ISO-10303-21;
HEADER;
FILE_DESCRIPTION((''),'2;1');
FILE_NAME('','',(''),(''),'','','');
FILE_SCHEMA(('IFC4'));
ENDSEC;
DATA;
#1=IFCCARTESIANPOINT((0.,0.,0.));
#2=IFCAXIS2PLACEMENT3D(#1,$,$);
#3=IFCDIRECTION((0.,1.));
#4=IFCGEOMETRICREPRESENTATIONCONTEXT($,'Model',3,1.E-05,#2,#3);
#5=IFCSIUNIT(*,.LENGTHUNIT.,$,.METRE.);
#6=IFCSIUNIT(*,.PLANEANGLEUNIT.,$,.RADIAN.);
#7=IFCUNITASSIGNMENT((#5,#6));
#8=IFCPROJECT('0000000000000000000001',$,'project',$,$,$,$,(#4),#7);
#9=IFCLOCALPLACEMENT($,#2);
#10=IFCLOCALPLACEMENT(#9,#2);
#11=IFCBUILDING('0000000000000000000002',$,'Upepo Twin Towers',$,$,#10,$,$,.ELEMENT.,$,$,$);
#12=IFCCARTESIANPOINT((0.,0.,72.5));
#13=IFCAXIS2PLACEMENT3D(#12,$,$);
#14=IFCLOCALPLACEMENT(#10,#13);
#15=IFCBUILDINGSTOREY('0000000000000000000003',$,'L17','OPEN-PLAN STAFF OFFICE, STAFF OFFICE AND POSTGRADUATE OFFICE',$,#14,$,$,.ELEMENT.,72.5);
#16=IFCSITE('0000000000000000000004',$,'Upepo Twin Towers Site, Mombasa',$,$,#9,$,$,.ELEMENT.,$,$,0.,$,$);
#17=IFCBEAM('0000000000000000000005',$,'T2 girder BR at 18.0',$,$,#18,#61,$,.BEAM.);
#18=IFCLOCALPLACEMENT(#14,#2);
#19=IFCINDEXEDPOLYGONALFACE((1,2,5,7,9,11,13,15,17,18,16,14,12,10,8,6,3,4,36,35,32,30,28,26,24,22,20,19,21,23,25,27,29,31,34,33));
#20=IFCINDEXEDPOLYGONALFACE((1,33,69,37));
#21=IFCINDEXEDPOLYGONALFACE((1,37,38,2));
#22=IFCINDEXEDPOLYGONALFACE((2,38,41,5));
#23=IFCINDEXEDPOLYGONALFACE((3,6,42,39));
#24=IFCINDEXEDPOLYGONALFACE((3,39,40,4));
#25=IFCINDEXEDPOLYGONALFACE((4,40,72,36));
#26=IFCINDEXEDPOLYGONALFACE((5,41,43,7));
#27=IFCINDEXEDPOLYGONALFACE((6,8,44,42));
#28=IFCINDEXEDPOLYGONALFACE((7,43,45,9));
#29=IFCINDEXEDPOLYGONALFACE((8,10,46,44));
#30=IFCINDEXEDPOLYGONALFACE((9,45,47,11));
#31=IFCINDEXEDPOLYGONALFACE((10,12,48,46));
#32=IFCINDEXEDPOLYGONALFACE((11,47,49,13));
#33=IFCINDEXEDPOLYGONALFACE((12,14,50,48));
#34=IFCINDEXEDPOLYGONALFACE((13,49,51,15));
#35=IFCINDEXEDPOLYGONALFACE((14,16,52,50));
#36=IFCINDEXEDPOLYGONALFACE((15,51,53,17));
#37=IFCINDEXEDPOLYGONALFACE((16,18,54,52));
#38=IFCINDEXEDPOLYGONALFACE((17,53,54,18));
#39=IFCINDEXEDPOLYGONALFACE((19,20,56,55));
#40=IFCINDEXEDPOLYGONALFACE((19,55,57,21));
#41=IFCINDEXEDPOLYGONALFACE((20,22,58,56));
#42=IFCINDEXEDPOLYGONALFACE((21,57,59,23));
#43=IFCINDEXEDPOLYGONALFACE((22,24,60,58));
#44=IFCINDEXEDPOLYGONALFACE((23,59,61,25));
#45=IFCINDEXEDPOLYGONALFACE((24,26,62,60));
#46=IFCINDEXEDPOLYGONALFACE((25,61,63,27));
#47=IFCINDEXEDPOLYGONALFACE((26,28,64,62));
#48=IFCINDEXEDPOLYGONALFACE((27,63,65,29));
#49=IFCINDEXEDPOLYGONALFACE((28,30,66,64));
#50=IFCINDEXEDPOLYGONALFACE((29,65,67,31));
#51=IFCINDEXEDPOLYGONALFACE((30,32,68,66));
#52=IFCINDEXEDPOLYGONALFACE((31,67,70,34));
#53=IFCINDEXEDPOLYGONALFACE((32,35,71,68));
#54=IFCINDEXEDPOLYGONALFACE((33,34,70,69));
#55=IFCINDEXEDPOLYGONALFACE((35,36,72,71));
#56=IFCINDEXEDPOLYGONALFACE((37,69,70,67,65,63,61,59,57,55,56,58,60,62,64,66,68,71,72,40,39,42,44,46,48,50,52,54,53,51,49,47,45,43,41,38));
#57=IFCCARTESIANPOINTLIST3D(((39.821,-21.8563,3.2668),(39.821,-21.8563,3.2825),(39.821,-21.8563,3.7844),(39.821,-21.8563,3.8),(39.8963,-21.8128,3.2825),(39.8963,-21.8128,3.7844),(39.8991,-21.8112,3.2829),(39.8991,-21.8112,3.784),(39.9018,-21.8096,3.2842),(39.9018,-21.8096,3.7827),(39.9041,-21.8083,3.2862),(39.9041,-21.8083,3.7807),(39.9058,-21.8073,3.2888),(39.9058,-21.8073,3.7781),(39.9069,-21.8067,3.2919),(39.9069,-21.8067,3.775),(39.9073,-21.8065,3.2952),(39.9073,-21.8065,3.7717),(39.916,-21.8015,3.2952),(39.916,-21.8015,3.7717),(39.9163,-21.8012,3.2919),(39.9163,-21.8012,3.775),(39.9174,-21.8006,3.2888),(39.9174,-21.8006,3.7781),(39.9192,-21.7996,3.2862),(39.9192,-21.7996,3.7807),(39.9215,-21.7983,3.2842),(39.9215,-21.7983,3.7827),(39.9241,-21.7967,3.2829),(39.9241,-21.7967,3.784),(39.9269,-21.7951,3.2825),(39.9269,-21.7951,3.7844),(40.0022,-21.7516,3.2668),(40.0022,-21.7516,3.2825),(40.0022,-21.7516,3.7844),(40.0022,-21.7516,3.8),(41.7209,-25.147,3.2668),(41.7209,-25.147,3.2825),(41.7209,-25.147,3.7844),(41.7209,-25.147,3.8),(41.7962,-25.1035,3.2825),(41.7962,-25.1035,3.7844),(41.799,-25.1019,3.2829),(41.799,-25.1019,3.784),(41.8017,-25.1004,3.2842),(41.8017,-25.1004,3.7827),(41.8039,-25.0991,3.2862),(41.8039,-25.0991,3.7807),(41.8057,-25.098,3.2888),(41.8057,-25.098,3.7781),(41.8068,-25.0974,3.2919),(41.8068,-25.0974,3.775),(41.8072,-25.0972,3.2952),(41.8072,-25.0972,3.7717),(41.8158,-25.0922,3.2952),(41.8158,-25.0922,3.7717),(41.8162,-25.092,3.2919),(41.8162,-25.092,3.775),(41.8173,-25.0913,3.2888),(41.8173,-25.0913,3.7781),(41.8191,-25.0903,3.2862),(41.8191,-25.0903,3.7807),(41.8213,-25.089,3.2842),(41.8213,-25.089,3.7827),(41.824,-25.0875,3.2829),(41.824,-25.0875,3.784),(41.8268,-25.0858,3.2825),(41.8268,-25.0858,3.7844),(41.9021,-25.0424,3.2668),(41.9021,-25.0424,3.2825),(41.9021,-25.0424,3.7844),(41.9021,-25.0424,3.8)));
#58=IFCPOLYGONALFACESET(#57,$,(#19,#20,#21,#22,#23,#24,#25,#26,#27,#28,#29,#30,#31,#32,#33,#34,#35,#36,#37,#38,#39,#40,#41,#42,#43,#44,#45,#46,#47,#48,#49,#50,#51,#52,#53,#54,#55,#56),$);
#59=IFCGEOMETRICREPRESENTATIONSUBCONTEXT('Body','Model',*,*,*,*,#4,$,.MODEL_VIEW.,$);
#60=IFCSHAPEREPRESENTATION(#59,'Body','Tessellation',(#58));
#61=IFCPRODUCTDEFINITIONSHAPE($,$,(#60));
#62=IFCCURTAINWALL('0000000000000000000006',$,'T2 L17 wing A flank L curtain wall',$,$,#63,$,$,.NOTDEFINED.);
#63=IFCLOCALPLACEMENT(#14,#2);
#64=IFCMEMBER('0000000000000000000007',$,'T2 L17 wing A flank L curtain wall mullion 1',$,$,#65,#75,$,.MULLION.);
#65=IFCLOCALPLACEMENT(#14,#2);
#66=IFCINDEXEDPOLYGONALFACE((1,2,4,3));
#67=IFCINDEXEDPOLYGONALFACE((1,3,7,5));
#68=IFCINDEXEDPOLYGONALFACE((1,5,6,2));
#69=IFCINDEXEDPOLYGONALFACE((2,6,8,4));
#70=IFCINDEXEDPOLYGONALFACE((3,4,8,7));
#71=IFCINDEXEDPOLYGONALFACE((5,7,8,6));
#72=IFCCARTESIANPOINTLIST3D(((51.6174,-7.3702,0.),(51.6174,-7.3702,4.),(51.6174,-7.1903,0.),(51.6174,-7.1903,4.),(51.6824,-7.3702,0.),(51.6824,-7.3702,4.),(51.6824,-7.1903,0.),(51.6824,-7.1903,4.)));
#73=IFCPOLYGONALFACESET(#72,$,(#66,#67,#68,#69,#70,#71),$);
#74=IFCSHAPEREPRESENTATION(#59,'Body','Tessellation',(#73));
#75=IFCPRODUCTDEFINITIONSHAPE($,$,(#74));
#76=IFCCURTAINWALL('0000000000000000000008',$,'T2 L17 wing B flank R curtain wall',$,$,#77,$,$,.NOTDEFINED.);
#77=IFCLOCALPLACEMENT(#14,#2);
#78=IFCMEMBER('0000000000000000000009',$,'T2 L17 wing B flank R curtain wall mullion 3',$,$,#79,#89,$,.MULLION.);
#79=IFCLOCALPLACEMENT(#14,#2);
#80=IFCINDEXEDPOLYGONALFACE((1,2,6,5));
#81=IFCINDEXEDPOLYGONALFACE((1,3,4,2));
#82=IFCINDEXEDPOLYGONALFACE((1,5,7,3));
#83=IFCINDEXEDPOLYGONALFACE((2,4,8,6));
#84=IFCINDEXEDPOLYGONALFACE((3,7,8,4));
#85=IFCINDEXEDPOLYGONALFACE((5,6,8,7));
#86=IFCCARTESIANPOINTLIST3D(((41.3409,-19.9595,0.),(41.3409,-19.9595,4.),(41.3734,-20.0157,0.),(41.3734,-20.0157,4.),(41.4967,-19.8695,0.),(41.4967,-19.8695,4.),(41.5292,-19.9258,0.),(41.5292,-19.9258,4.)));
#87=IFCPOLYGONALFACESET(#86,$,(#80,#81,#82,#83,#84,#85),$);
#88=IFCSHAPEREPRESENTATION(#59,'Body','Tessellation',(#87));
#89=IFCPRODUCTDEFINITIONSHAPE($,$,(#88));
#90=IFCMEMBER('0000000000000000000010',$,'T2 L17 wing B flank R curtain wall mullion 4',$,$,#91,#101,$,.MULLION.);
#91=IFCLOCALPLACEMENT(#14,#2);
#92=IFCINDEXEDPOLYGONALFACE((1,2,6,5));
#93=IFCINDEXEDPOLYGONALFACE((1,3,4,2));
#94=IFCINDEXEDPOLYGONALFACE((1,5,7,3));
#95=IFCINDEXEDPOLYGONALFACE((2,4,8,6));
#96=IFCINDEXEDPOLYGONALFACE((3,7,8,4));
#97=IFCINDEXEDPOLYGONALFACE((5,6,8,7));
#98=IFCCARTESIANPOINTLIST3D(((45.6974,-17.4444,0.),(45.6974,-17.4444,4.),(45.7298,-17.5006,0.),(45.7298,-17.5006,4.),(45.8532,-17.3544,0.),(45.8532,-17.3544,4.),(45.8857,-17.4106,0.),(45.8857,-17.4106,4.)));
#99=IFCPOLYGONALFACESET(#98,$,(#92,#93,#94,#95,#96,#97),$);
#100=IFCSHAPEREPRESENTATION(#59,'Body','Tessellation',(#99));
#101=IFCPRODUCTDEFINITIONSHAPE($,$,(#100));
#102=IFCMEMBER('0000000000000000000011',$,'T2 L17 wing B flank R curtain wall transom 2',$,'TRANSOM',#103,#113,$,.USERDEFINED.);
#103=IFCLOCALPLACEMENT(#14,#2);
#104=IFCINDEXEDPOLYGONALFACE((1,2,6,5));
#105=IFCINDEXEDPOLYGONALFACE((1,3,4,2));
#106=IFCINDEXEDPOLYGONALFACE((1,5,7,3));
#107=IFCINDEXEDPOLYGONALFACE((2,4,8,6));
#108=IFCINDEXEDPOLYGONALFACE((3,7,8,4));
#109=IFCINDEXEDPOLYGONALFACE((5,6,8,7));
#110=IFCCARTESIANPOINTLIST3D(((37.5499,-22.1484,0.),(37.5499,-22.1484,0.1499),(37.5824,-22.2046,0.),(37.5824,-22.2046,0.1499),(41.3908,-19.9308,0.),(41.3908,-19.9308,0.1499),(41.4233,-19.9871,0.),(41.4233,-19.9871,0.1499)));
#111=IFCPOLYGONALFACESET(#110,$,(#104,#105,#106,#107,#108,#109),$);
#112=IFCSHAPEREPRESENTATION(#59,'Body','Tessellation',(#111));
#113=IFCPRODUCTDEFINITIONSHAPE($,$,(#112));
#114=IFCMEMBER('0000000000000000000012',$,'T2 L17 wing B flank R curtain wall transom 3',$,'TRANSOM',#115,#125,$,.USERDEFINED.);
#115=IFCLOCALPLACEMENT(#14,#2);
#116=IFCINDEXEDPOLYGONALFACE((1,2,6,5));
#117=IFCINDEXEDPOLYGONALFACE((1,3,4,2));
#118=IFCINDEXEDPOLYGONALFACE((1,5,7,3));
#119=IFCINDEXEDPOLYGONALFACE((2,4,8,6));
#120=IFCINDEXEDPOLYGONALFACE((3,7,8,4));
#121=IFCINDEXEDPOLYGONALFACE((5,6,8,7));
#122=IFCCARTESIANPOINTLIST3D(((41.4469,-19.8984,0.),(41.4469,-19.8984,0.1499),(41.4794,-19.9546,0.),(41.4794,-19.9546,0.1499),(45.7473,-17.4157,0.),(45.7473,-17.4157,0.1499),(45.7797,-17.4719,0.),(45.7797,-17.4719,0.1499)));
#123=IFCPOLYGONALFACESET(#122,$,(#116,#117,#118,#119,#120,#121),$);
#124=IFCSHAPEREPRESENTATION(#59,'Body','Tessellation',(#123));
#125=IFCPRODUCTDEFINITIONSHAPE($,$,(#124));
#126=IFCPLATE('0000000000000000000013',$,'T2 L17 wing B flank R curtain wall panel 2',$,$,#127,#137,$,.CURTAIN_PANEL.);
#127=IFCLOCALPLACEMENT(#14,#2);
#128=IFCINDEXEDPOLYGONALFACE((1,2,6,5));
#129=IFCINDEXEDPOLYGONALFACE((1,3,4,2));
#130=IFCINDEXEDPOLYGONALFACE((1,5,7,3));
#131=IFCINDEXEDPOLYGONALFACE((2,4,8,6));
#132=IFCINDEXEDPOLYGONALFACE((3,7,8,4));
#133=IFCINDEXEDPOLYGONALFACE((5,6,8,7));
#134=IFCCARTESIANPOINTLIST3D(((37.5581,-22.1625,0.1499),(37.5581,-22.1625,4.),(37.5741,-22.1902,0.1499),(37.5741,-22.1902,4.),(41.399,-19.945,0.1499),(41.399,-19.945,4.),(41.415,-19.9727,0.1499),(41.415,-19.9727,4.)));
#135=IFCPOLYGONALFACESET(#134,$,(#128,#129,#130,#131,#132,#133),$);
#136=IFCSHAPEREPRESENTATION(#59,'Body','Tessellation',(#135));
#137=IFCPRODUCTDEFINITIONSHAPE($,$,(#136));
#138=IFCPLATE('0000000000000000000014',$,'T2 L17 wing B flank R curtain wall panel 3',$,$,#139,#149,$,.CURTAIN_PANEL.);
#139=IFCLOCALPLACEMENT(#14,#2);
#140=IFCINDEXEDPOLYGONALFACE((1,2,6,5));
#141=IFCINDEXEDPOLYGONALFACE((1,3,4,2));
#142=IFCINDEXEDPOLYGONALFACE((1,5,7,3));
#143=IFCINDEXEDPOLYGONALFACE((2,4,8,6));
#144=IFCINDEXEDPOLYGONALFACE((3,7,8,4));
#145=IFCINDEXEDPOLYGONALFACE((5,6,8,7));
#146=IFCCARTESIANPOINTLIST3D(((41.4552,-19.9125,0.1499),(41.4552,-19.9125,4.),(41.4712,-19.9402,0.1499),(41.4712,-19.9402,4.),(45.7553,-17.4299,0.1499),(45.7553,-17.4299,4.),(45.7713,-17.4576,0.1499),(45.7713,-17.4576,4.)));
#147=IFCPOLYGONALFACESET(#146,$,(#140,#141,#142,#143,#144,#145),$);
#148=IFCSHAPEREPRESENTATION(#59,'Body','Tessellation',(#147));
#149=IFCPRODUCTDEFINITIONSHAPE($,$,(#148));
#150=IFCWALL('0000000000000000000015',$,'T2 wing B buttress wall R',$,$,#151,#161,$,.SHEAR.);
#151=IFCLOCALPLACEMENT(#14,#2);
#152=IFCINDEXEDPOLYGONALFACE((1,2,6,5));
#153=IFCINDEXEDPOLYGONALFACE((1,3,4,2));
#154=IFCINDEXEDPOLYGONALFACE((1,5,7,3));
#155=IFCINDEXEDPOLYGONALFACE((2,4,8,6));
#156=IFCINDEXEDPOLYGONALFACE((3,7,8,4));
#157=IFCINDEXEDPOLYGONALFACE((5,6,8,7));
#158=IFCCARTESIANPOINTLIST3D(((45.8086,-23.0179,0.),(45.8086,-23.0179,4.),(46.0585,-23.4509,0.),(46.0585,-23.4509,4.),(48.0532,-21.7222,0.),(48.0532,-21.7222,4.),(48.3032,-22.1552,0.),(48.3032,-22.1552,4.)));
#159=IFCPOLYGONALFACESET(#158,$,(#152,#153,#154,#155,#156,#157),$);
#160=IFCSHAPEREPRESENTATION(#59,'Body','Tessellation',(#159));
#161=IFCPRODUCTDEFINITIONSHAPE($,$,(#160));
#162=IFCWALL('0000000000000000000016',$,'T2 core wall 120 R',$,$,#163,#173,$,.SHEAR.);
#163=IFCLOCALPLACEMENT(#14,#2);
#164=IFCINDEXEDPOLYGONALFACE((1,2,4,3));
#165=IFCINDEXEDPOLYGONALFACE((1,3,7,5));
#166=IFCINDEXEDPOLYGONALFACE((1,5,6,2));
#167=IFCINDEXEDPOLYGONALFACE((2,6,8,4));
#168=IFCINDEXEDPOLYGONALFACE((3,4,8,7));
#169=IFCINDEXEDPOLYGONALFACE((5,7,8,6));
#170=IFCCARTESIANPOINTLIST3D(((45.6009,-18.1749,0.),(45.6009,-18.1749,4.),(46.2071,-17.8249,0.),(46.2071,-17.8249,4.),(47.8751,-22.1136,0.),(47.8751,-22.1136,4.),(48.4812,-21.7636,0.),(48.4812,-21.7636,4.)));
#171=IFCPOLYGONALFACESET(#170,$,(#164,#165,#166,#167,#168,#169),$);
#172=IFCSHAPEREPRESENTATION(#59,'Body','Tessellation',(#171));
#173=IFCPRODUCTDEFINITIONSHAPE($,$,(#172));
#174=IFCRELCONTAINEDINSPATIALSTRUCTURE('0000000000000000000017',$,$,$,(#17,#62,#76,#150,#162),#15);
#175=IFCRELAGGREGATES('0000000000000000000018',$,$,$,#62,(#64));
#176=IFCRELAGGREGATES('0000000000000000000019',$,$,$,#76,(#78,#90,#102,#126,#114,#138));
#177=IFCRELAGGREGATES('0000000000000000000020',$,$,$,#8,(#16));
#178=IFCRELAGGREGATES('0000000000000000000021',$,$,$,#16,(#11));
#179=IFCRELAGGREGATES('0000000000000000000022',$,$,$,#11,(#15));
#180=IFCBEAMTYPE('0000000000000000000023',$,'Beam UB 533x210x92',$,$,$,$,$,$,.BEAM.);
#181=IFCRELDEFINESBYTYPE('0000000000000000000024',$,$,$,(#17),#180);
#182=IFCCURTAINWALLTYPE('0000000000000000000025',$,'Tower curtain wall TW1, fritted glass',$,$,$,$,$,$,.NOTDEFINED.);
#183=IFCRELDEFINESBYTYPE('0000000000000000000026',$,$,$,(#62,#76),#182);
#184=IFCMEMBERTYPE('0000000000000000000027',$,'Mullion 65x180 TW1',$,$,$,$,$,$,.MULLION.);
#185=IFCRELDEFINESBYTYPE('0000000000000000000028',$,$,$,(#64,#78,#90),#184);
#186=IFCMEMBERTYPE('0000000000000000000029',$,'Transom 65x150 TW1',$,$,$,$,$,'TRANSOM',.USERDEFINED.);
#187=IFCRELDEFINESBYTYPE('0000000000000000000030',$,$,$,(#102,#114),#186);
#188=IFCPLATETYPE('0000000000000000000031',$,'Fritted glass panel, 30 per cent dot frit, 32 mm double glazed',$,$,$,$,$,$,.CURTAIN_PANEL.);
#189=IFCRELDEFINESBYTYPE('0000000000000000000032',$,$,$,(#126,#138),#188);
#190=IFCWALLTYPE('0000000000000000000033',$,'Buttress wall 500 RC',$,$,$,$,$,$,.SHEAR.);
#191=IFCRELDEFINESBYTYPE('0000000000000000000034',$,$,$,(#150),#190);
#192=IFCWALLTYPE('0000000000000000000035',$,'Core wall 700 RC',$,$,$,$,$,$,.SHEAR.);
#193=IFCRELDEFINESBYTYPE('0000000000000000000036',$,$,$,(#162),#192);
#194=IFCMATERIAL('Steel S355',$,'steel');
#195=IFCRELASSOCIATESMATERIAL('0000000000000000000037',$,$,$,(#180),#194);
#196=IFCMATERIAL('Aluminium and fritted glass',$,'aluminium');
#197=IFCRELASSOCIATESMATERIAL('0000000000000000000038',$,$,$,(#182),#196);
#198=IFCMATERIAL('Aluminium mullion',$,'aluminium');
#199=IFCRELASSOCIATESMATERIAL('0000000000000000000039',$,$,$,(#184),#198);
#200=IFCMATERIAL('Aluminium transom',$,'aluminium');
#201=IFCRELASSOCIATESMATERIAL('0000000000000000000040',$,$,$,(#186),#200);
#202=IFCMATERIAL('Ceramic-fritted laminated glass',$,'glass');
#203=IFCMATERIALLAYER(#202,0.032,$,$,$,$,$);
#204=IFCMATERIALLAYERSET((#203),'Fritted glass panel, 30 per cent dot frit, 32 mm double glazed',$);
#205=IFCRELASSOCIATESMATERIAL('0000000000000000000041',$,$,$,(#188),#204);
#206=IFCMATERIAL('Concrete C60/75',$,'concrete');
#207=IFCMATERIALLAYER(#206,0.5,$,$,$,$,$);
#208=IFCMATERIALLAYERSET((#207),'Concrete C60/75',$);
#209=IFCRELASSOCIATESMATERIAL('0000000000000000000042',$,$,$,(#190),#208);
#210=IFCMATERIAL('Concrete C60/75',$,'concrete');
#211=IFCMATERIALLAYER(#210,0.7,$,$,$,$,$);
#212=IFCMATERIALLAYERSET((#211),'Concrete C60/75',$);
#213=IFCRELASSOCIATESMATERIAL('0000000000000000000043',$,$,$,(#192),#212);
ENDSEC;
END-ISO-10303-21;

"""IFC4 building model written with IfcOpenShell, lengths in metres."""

from ifc_helpers import new_model, si_unit, direction, frame, frame_2d, origin, origin_2d, place, context, subcontext, project, spatial, rectangle, i_section, extrude, material, layer, layer_set, material_profile, profile_set, type_object, element, aggregate, save


model = new_model("IFC4")

# Units and contexts
model_context = context("Model", 3, precision=1e-05, world=origin(), true_north=direction((0.0, 1.0)))
body_context = subcontext(model_context, "Body", "Model", "MODEL_VIEW")
ifc_project = project(units=[si_unit("LENGTHUNIT", "METRE"), si_unit("PLANEANGLEUNIT", "RADIAN")], contexts=[model_context])

# Site, building, storey
site_placement = place(None, origin())
site = spatial("IfcSite", under=ifc_project, at=site_placement, Name="Upepo Twin Towers Site, Mombasa", CompositionType="ELEMENT", RefElevation=0.0)
building_placement = place(site_placement, origin())
building = spatial("IfcBuilding", under=site, at=building_placement, Name="Upepo Twin Towers", CompositionType="ELEMENT")
storey_placement = place(building_placement, frame((0.0, 0.0, 72.5)))
storey = spatial("IfcBuildingStorey", under=building, at=storey_placement, Name="L17", Description="OPEN-PLAN STAFF OFFICE, STAFF OFFICE AND POSTGRADUATE OFFICE", CompositionType="ELEMENT", Elevation=72.5)

# Beam
ifc_material_1 = material(Name="Steel S355", Category="steel")
ifc_material_profile_1 = material_profile(ifc_material_1, i_section(OverallWidth=0.2092, OverallDepth=0.5332, WebThickness=0.01, FlangeThickness=0.0156, FilletRadius=0.0127, at=origin_2d()), Name="UB 533x210x92")
ifc_profile_set_1 = profile_set([ifc_material_profile_1], Name="Steel S355")
beam_type_1 = type_object("IfcBeamType", Name="Beam UB 533x210x92", PredefinedType="BEAM", material=ifc_profile_set_1)
beam_1_placement = place(storey_placement, frame((39.9116, -21.804, 3.5334), z_axis=(0.499995, -0.866028, 0.0), x_axis=(0.866028, 0.499995, 0.0)))
element("IfcBeam", 1, at=beam_1_placement, inside=storey, type_object=beam_type_1, Name="T2 girder BR at 18.0", PredefinedType="BEAM", context=body_context, shape_type="SweptSolid", body=[
    extrude(i_section(OverallWidth=0.2092, OverallDepth=0.5332, WebThickness=0.01, FlangeThickness=0.0156, FilletRadius=0.0127, at=origin_2d()), origin(), (0.0, 0.0, 1.0), 3.7998),
])

# Curtain wall, member
ifc_material_2 = material(Name="Aluminium and fritted glass", Category="aluminium")
curtain_wall_type = type_object("IfcCurtainWallType", Name="Tower curtain wall TW1, fritted glass", PredefinedType="NOTDEFINED", material=ifc_material_2)
curtain_wall_1_placement = place(storey_placement, origin())
curtain_wall_1 = element("IfcCurtainWall", 2, at=curtain_wall_1_placement, inside=storey, type_object=curtain_wall_type, Name="T2 L17 wing A flank L curtain wall", PredefinedType="NOTDEFINED")
ifc_material_3 = material(Name="Aluminium mullion", Category="aluminium")
ifc_material_profile_2 = material_profile(ifc_material_3, rectangle(XDim=0.0649, YDim=0.1799, at=origin_2d()), Name="MULLION 65x180")
ifc_profile_set_2 = profile_set([ifc_material_profile_2], Name="Aluminium mullion")
member_type_1 = type_object("IfcMemberType", Name="Mullion 65x180 TW1", PredefinedType="MULLION", material=ifc_profile_set_2)
member_1_placement = place(storey_placement, frame((51.6499, -7.2803, 0.0), z_axis=(0.0, 0.0, 1.0), x_axis=(-1.0, 0.0, 0.0)))
member_1 = element("IfcMember", 3, at=member_1_placement, type_object=member_type_1, Name="T2 L17 wing A flank L curtain wall mullion 1", PredefinedType="MULLION", context=body_context, shape_type="SweptSolid", body=[
    extrude(rectangle(XDim=0.0649, YDim=0.1799, at=origin_2d()), origin(), (0.0, 0.0, 1.0), 4.0),
])
aggregate(curtain_wall_1, [member_1])

# Curtain wall, members, plates
curtain_wall_2_placement = place(storey_placement, origin())
curtain_wall_2 = element("IfcCurtainWall", 4, at=curtain_wall_2_placement, inside=storey, type_object=curtain_wall_type, Name="T2 L17 wing B flank R curtain wall", PredefinedType="NOTDEFINED")
member_2_placement = place(storey_placement, frame((41.4351, -19.9426, 0.0), z_axis=(0.0, 0.0, 1.0), x_axis=(-0.5, 0.866025, 0.0)))
member_2 = element("IfcMember", 5, at=member_2_placement, type_object=member_type_1, Name="T2 L17 wing B flank R curtain wall mullion 3", PredefinedType="MULLION", context=body_context, shape_type="SweptSolid", body=[
    extrude(rectangle(XDim=0.0649, YDim=0.1799, at=origin_2d()), origin(), (0.0, 0.0, 1.0), 4.0),
])
member_3_placement = place(storey_placement, frame((45.7915, -17.4275, 0.0), z_axis=(0.0, 0.0, 1.0), x_axis=(-0.5, 0.866025, 0.0)))
member_3 = element("IfcMember", 6, at=member_3_placement, type_object=member_type_1, Name="T2 L17 wing B flank R curtain wall mullion 4", PredefinedType="MULLION", context=body_context, shape_type="SweptSolid", body=[
    extrude(rectangle(XDim=0.0649, YDim=0.1799, at=origin_2d()), origin(), (0.0, 0.0, 1.0), 4.0),
])
ifc_material_4 = material(Name="Aluminium transom", Category="aluminium")
ifc_material_profile_3 = material_profile(ifc_material_4, rectangle(XDim=0.0649, YDim=0.1499, at=origin_2d()), Name="TRANSOM 65x150")
ifc_profile_set_3 = profile_set([ifc_material_profile_3], Name="Aluminium transom")
member_type_2 = type_object("IfcMemberType", Name="Transom 65x150 TW1", ElementType="TRANSOM", PredefinedType="USERDEFINED", material=ifc_profile_set_3)
member_4_placement = place(storey_placement, frame((37.5662, -22.1765, 0.075), z_axis=(0.866022, 0.500005, 0.0), x_axis=(-0.500005, 0.866022, 0.0)))
member_4 = element("IfcMember", 7, at=member_4_placement, type_object=member_type_2, Name="T2 L17 wing B flank R curtain wall transom 2", ObjectType="TRANSOM", PredefinedType="USERDEFINED", context=body_context, shape_type="SweptSolid", body=[
    extrude(rectangle(XDim=0.0649, YDim=0.1499, at=origin_2d()), origin(), (0.0, 0.0, 1.0), 4.4351),
])
member_5_placement = place(storey_placement, frame((41.4631, -19.9265, 0.075), z_axis=(0.866035, 0.499983, 0.0), x_axis=(-0.499983, 0.866035, 0.0)))
member_5 = element("IfcMember", 8, at=member_5_placement, type_object=member_type_2, Name="T2 L17 wing B flank R curtain wall transom 3", ObjectType="TRANSOM", PredefinedType="USERDEFINED", context=body_context, shape_type="SweptSolid", body=[
    extrude(rectangle(XDim=0.0649, YDim=0.1499, at=origin_2d()), origin(), (0.0, 0.0, 1.0), 4.9656),
])
ifc_material_5 = material(Name="Ceramic-fritted laminated glass", Category="glass")
ifc_layer_1 = layer(ifc_material_5, 0.032)
ifc_layer_set_1 = layer_set([ifc_layer_1], Name="Fritted glass panel, 30 per cent dot frit, 32 mm double glazed")
plate_type = type_object("IfcPlateType", Name="Fritted glass panel, 30 per cent dot frit, 32 mm double glazed", PredefinedType="CURTAIN_PANEL", material=ifc_layer_set_1)
plate_1_placement = place(storey_placement, frame((39.4866, -21.0676, 0.1499), z_axis=(0.0, 0.0, 1.0), x_axis=(0.866025, 0.5, 0.0)))
plate_1 = element("IfcPlate", 9, at=plate_1_placement, type_object=plate_type, Name="T2 L17 wing B flank R curtain wall panel 2", PredefinedType="CURTAIN_PANEL", context=body_context, shape_type="SweptSolid", body=[
    extrude(rectangle(XDim=4.4351, YDim=0.032, at=origin_2d()), origin(), (0.0, 0.0, 1.0), 3.8501),
])
plate_2_placement = place(storey_placement, frame((43.6133, -18.6851, 0.1499), z_axis=(0.0, 0.0, 1.0), x_axis=(0.866025, 0.5, 0.0)))
plate_2 = element("IfcPlate", 10, at=plate_2_placement, type_object=plate_type, Name="T2 L17 wing B flank R curtain wall panel 3", PredefinedType="CURTAIN_PANEL", context=body_context, shape_type="SweptSolid", body=[
    extrude(rectangle(XDim=4.9653, YDim=0.032, at=origin_2d()), origin(), (0.0, 0.0, 1.0), 3.8501),
])
aggregate(curtain_wall_2, [member_2, member_3, member_4, plate_1, member_5, plate_2])

# Walls
ifc_material_6 = material(Name="Concrete C60/75", Category="concrete")
ifc_layer_2 = layer(ifc_material_6, 0.5)
ifc_layer_set_2 = layer_set([ifc_layer_2], Name="Concrete C60/75")
wall_type_1 = type_object("IfcWallType", Name="Buttress wall 500 RC", PredefinedType="SHEAR", material=ifc_layer_set_2)
wall_1_placement = place(storey_placement, frame((48.1782, -21.9387, 0.0), z_axis=(0.0, 0.0, 1.0), x_axis=(-0.866073, -0.499918, 0.0)))
element("IfcWall", 11, at=wall_1_placement, inside=storey, type_object=wall_type_1, Name="T2 wing B buttress wall R", PredefinedType="SHEAR", context=body_context, shape_type="SweptSolid", body=[
    extrude(rectangle(XDim=2.5918, YDim=0.5, at=frame_2d((1.2959, 0.0))), origin(), (0.0, 0.0, 1.0), 4.0),
])
ifc_material_7 = material(Name="Concrete C60/75", Category="concrete")
ifc_layer_3 = layer(ifc_material_7, 0.7)
ifc_layer_set_3 = layer_set([ifc_layer_3], Name="Concrete C60/75")
wall_type_2 = type_object("IfcWallType", Name="Core wall 700 RC", PredefinedType="SHEAR", material=ifc_layer_set_3)
wall_2_placement = place(storey_placement, frame((45.9041, -18.0, 0.0), z_axis=(0.0, 0.0, 1.0), x_axis=(0.500024, -0.866011, 0.0)))
element("IfcWall", 12, at=wall_2_placement, inside=storey, type_object=wall_type_2, Name="T2 core wall 120 R", PredefinedType="SHEAR", context=body_context, shape_type="SweptSolid", body=[
    extrude(rectangle(XDim=4.5481, YDim=0.7, at=frame_2d((2.2739, 0.0))), origin(), (0.0, 0.0, 1.0), 4.0),
])

save(model, "model.ifc")
